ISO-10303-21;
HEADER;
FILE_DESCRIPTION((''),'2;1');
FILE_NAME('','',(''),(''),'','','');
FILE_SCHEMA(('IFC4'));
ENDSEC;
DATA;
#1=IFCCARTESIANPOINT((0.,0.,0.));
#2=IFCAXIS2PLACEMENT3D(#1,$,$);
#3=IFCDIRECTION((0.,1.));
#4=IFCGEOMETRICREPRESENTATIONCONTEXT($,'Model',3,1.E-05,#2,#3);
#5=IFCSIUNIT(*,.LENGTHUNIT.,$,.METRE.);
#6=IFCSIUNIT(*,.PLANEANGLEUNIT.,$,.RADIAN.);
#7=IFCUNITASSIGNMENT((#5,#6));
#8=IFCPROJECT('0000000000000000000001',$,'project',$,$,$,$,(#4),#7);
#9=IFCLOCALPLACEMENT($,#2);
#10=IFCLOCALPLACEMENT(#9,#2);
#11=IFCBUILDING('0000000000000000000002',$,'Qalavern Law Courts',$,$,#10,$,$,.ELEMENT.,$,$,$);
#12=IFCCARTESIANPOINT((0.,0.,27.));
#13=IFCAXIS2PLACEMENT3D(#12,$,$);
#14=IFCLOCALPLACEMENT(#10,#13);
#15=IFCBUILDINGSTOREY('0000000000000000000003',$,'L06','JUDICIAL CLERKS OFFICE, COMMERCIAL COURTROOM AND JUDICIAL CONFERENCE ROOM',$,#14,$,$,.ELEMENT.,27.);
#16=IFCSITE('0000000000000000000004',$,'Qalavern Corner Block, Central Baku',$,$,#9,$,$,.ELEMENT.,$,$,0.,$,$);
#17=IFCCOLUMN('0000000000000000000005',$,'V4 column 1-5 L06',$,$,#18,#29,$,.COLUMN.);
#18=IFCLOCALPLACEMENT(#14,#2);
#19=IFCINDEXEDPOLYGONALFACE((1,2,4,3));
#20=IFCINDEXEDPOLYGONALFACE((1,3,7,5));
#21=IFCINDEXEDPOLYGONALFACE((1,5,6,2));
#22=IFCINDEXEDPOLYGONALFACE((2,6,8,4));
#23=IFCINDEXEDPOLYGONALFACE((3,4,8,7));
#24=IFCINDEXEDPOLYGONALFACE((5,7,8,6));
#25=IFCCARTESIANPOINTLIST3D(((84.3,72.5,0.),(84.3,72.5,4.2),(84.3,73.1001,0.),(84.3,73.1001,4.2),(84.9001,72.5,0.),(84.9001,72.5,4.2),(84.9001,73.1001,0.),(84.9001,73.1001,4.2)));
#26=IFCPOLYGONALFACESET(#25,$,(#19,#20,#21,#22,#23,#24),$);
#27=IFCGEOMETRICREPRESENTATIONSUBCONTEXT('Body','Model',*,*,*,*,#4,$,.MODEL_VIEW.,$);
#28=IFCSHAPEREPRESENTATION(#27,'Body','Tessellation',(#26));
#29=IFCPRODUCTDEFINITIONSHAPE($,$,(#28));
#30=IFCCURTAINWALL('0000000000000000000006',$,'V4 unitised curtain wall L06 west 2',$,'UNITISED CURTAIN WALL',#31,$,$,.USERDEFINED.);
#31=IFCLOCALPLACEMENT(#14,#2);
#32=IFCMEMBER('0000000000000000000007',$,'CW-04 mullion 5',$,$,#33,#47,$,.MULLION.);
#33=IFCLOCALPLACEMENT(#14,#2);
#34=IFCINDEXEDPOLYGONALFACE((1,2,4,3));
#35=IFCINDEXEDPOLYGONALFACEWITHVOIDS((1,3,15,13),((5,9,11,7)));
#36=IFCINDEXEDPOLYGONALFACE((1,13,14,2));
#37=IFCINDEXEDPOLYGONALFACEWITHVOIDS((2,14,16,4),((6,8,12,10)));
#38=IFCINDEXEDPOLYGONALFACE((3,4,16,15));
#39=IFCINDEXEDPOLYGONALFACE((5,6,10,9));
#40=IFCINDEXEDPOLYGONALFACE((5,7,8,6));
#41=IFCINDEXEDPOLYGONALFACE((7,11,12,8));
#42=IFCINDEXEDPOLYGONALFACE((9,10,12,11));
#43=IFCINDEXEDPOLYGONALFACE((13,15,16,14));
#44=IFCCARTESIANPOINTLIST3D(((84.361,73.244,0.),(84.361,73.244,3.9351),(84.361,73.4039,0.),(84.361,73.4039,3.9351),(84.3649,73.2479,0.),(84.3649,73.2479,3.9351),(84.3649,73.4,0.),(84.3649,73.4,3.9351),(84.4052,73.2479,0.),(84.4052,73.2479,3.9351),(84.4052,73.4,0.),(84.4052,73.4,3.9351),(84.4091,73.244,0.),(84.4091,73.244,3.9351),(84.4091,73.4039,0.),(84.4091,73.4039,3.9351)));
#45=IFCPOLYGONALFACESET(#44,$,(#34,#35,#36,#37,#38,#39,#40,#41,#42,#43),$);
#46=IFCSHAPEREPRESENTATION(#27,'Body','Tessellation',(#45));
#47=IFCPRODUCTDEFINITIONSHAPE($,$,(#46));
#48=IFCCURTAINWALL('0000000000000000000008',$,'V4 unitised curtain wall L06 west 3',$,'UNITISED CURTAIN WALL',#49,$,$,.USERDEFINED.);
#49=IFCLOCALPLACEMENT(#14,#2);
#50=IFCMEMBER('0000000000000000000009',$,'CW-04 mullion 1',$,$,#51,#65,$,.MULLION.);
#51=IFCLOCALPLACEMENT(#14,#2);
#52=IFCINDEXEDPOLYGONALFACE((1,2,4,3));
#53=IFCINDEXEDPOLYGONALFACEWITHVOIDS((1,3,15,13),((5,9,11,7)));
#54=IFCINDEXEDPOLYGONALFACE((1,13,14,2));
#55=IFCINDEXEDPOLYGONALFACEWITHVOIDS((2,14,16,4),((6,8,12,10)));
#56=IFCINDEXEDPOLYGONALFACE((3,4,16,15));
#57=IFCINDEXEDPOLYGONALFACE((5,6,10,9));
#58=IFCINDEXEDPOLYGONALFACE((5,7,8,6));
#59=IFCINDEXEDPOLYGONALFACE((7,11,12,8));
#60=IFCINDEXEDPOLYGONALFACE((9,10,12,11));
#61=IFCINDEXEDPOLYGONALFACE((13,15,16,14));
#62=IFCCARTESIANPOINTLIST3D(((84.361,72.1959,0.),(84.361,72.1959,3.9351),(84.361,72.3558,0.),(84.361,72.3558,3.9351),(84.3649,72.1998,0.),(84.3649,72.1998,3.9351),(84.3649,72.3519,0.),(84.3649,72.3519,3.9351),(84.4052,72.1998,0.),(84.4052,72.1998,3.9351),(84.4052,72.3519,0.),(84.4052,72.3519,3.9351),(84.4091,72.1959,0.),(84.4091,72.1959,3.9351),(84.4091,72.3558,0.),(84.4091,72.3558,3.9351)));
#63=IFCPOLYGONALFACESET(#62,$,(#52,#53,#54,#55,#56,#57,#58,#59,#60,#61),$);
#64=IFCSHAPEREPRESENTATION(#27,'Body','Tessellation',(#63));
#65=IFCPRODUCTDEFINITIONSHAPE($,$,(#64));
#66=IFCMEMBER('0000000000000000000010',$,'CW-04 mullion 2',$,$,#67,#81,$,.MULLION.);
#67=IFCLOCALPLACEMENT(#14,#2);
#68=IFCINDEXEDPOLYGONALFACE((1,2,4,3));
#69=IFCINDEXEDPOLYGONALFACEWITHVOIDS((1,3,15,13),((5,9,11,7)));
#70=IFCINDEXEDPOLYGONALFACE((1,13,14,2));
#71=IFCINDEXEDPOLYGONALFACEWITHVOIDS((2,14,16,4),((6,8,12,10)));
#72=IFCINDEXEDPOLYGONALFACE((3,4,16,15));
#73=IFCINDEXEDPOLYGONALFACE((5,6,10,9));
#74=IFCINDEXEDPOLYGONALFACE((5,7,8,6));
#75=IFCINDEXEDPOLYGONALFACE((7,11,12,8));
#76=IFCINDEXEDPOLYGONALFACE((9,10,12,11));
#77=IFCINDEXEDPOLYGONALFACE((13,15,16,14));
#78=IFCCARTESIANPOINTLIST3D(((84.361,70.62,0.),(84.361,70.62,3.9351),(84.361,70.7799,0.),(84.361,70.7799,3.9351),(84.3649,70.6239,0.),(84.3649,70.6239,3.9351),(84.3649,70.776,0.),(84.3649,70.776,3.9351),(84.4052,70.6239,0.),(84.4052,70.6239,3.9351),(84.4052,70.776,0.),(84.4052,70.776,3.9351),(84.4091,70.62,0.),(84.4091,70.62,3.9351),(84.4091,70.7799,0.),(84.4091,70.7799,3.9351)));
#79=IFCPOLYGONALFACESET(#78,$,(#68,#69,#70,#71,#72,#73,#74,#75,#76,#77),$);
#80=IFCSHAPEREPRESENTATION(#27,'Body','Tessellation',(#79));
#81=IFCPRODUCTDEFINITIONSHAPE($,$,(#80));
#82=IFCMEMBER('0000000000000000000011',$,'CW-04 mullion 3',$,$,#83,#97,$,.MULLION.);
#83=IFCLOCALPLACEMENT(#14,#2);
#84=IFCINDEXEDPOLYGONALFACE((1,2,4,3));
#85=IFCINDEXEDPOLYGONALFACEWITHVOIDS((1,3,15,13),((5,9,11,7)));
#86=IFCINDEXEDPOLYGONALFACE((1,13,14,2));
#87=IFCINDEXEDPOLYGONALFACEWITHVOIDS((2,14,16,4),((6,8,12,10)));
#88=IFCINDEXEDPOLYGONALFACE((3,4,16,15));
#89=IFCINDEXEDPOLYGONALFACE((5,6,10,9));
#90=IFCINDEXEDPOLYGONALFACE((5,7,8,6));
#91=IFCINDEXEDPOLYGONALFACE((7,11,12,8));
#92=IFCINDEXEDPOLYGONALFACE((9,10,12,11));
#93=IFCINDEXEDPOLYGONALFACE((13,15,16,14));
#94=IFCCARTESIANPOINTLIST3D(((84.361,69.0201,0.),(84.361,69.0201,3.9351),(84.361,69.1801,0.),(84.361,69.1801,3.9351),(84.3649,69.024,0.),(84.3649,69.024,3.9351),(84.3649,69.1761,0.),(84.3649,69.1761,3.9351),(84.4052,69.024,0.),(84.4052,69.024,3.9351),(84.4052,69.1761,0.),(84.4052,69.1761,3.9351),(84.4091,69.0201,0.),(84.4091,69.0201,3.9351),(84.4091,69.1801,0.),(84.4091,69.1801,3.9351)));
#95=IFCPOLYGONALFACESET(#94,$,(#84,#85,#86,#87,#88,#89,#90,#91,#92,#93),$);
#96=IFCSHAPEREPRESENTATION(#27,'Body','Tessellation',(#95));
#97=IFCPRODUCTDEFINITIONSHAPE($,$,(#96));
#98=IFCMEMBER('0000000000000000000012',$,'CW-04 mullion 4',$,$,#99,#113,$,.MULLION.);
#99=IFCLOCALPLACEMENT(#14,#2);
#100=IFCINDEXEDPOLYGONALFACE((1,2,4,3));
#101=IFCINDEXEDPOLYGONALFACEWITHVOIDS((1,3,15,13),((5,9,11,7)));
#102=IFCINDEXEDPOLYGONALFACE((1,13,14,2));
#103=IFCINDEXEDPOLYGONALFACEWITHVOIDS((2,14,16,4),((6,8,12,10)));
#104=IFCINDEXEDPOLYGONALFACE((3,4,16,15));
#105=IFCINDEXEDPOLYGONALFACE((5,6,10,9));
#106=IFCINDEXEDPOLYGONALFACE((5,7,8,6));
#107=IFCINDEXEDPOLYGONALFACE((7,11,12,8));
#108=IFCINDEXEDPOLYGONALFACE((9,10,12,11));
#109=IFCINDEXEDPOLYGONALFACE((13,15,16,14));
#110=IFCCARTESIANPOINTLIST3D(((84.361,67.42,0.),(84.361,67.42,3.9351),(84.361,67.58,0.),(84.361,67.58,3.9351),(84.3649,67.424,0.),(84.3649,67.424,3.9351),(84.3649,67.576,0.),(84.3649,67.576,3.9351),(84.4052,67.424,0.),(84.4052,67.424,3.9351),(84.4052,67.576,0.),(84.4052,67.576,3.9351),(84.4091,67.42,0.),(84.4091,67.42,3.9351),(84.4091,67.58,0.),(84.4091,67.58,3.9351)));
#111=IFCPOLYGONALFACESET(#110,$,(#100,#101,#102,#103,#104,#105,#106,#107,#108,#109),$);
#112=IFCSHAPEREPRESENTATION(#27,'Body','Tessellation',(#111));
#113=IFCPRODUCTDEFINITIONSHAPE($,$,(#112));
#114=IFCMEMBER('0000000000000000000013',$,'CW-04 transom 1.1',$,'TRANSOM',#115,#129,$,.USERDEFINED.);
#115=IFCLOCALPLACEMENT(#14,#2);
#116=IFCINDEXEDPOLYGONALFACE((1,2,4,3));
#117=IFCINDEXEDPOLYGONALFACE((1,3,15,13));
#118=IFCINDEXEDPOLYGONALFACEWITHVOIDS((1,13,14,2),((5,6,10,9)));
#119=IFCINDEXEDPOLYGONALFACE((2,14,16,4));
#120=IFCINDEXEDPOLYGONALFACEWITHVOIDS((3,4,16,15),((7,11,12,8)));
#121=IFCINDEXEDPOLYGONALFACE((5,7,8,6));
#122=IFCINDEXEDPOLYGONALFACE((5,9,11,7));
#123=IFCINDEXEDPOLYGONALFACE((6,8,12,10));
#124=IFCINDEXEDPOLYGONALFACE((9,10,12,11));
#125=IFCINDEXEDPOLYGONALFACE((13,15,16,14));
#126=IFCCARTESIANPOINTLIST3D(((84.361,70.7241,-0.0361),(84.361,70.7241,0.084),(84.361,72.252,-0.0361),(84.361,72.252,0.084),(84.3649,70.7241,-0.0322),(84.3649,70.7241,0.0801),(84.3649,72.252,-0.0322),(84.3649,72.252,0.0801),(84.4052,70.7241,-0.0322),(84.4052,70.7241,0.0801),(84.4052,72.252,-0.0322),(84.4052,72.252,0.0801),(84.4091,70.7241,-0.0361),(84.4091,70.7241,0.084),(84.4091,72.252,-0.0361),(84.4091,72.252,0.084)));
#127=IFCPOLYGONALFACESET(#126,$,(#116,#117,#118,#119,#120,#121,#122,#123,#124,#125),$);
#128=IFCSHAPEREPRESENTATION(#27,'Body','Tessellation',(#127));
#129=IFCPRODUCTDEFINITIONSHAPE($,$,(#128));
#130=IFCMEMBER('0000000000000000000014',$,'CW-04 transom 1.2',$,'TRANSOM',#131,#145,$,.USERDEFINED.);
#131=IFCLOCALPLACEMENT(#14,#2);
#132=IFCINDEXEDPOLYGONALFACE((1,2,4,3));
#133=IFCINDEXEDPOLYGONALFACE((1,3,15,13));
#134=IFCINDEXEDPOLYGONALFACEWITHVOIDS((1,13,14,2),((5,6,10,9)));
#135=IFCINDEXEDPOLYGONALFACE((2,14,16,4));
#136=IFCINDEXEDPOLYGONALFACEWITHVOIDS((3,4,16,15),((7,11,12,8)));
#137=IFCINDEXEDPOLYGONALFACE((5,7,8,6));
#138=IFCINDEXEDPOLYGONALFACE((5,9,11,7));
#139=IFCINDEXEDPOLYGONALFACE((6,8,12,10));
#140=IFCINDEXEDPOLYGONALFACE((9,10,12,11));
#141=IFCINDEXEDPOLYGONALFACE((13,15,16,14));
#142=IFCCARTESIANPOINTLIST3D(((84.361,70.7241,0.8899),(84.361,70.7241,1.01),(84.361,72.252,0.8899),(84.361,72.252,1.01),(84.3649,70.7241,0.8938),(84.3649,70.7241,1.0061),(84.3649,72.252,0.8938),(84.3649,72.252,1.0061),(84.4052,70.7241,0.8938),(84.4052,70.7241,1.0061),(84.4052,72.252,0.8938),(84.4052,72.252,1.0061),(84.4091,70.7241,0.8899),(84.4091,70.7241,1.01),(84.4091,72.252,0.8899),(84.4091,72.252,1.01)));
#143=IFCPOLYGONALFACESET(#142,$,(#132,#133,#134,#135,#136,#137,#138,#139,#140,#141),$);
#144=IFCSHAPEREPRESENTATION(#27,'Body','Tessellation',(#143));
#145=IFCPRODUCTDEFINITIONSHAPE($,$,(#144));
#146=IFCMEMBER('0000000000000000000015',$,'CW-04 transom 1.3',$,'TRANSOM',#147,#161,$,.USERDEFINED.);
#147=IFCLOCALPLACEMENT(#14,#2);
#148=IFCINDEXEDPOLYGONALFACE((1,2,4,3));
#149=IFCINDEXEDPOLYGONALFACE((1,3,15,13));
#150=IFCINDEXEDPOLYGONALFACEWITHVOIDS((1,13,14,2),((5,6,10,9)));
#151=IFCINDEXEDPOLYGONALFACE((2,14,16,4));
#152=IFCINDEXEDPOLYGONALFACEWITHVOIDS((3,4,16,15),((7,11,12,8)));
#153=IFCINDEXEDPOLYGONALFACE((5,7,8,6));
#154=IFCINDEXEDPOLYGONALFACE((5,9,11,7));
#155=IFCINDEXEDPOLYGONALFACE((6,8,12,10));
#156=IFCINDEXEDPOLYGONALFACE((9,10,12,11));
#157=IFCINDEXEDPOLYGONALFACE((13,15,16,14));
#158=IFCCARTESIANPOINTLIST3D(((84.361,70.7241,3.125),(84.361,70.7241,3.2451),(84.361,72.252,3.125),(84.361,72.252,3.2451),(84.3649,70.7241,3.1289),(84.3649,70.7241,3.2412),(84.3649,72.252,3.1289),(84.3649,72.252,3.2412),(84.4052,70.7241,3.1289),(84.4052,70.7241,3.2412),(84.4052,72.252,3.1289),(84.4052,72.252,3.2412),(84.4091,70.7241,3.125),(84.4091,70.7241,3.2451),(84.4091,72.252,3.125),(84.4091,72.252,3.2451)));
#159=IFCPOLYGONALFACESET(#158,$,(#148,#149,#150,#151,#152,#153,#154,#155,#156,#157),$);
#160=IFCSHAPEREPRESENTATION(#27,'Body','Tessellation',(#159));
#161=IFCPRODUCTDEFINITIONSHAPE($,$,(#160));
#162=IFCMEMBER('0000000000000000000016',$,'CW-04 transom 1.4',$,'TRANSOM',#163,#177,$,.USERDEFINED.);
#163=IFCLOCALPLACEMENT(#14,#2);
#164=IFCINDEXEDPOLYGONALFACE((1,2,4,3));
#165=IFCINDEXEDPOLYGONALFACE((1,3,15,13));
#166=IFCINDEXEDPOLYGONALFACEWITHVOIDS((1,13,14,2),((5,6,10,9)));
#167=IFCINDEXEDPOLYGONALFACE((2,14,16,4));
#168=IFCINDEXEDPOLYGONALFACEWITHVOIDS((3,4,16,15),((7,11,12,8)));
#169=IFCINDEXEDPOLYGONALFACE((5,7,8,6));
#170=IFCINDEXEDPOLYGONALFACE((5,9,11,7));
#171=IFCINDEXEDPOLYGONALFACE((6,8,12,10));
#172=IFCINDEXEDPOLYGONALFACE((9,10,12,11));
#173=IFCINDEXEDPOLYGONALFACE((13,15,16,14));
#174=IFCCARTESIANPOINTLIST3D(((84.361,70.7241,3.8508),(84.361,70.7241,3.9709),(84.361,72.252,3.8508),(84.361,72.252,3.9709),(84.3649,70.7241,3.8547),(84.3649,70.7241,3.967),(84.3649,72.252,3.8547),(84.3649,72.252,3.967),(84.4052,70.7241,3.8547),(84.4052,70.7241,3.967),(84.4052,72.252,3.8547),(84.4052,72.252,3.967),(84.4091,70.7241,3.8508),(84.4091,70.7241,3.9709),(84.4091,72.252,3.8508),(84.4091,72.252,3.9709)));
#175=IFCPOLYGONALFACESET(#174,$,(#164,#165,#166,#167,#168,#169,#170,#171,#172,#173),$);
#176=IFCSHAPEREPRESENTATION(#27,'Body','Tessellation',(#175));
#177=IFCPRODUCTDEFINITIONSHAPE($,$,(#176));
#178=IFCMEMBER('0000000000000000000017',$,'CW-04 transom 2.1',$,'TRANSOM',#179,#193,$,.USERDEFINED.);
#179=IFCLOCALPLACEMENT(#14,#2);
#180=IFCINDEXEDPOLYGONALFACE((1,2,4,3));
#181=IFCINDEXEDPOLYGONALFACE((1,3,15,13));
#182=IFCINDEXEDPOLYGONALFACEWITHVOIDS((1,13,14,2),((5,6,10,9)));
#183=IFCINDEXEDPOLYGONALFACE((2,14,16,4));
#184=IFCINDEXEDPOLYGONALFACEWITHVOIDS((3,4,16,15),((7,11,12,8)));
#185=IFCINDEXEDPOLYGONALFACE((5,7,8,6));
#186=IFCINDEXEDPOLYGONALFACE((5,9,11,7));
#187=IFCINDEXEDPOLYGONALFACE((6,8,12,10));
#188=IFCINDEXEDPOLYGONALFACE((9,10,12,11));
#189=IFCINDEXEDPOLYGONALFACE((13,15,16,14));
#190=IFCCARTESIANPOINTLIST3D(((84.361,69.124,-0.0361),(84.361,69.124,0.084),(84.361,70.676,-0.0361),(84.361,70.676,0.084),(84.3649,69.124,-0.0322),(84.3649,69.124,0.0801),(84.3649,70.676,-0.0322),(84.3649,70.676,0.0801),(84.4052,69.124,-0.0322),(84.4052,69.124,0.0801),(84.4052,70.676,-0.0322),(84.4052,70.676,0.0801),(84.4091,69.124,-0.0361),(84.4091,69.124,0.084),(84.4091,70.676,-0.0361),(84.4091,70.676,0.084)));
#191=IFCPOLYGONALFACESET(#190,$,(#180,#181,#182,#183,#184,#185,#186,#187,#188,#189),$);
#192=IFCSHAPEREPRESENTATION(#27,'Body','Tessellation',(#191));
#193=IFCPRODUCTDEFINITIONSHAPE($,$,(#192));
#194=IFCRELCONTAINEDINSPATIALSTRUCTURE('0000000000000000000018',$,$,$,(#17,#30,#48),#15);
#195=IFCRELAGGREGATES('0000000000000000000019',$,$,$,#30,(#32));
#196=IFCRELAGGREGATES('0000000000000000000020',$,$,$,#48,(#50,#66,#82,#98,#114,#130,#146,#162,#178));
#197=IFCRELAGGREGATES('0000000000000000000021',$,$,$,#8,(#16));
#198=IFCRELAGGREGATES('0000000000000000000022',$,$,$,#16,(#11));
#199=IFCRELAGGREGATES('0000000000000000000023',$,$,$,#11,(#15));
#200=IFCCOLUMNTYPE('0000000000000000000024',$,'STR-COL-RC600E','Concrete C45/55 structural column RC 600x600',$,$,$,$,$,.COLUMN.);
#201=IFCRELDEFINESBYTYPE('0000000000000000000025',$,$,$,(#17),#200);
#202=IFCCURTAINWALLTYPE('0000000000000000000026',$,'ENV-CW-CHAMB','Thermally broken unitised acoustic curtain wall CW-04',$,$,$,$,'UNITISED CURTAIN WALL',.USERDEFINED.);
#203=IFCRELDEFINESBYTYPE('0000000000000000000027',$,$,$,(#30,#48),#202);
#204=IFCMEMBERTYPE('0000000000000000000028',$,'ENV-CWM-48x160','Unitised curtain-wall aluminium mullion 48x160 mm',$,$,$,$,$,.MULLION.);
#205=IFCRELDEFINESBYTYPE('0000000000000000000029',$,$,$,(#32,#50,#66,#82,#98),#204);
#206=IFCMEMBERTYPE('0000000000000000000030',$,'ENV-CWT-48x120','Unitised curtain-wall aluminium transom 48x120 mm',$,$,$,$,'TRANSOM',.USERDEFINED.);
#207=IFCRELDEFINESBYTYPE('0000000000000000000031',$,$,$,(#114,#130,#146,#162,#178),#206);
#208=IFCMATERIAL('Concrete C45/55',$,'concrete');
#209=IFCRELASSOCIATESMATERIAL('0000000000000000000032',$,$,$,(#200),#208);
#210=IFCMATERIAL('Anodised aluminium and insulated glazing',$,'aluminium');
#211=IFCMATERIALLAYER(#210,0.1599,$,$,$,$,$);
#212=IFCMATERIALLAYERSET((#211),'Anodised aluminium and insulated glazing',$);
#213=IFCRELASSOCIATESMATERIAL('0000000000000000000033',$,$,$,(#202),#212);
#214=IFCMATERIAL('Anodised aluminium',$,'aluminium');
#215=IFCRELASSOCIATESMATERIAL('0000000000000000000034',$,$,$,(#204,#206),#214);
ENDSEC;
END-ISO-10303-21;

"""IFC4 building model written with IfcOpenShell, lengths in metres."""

from ifc_helpers import new_model, si_unit, direction, frame, origin, origin_2d, place, context, subcontext, project, spatial, rectangle, hollow_rectangle, extrude, material, layer, layer_set, material_profile, profile_set, type_object, element, aggregate, save


model = new_model("IFC4")

# Units and contexts
model_context = context("Model", 3, precision=1e-05, world=origin(), true_north=direction((0.0, 1.0)))
body_context = subcontext(model_context, "Body", "Model", "MODEL_VIEW")
ifc_project = project(units=[si_unit("LENGTHUNIT", "METRE"), si_unit("PLANEANGLEUNIT", "RADIAN")], contexts=[model_context])

# Site, building, storey
site_placement = place(None, origin())
site = spatial("IfcSite", under=ifc_project, at=site_placement, Name="Qalavern Corner Block, Central Baku", CompositionType="ELEMENT", RefElevation=0.0)
building_placement = place(site_placement, origin())
building = spatial("IfcBuilding", under=site, at=building_placement, Name="Qalavern Law Courts", CompositionType="ELEMENT")
storey_placement = place(building_placement, frame((0.0, 0.0, 27.0)))
storey = spatial("IfcBuildingStorey", under=building, at=storey_placement, Name="L06", Description="JUDICIAL CLERKS OFFICE, COMMERCIAL COURTROOM AND JUDICIAL CONFERENCE ROOM", CompositionType="ELEMENT", Elevation=27.0)

# Column
ifc_material_1 = material(Name="Concrete C45/55", Category="concrete")
ifc_material_profile_1 = material_profile(ifc_material_1, rectangle(XDim=0.6001, YDim=0.6001, at=origin_2d()), Name="RC 600x600")
ifc_profile_set_1 = profile_set([ifc_material_profile_1], Name="Concrete C45/55")
column_type = type_object("IfcColumnType", Name="STR-COL-RC600E", Description="Concrete C45/55 structural column RC 600x600", PredefinedType="COLUMN", material=ifc_profile_set_1)
column_placement = place(storey_placement, frame((84.6001, 72.8, 0.0), z_axis=(0.0, 0.0, 1.0), x_axis=(1.0, 0.0, 0.0)))
element("IfcColumn", 1, at=column_placement, inside=storey, type_object=column_type, Name="V4 column 1-5 L06", PredefinedType="COLUMN", context=body_context, shape_type="SweptSolid", body=[
    extrude(rectangle(XDim=0.6001, YDim=0.6001, at=origin_2d()), origin(), (0.0, 0.0, 1.0), 4.2),
])

# Curtain wall, member
ifc_material_2 = material(Name="Anodised aluminium and insulated glazing", Category="aluminium")
ifc_layer_1 = layer(ifc_material_2, 0.1599)
ifc_layer_set_1 = layer_set([ifc_layer_1], Name="Anodised aluminium and insulated glazing")
curtain_wall_type = type_object("IfcCurtainWallType", Name="ENV-CW-CHAMB", Description="Thermally broken unitised acoustic curtain wall CW-04", ElementType="UNITISED CURTAIN WALL", PredefinedType="USERDEFINED", material=ifc_layer_set_1)
curtain_wall_1_placement = place(storey_placement, origin())
curtain_wall_1 = element("IfcCurtainWall", 2, at=curtain_wall_1_placement, inside=storey, type_object=curtain_wall_type, Name="V4 unitised curtain wall L06 west 2", ObjectType="UNITISED CURTAIN WALL", PredefinedType="USERDEFINED")
ifc_material_3 = material(Name="Anodised aluminium", Category="aluminium")
ifc_material_profile_2 = material_profile(ifc_material_3, hollow_rectangle(XDim=0.0481, YDim=0.1599, WallThickness=0.0039, at=origin_2d()), Name="ALU MULLION 48x160")
ifc_profile_set_2 = profile_set([ifc_material_profile_2], Name="Anodised aluminium")
member_type_1 = type_object("IfcMemberType", Name="ENV-CWM-48x160", Description="Unitised curtain-wall aluminium mullion 48x160 mm", PredefinedType="MULLION", material=ifc_profile_set_2)
member_1_placement = place(storey_placement, frame((84.385, 73.324, 0.0), z_axis=(0.0, 0.0, 1.0), x_axis=(1.0, 0.0, 0.0)))
member_1 = element("IfcMember", 3, at=member_1_placement, type_object=member_type_1, Name="CW-04 mullion 5", PredefinedType="MULLION", context=body_context, shape_type="SweptSolid", body=[
    extrude(hollow_rectangle(XDim=0.0481, YDim=0.1599, WallThickness=0.0039, at=origin_2d()), origin(), (0.0, 0.0, 1.0), 3.9351),
])
aggregate(curtain_wall_1, [member_1])

# Curtain wall, members
curtain_wall_2_placement = place(storey_placement, origin())
curtain_wall_2 = element("IfcCurtainWall", 4, at=curtain_wall_2_placement, inside=storey, type_object=curtain_wall_type, Name="V4 unitised curtain wall L06 west 3", ObjectType="UNITISED CURTAIN WALL", PredefinedType="USERDEFINED")
member_2_placement = place(storey_placement, frame((84.385, 72.2759, 0.0), z_axis=(0.0, 0.0, 1.0), x_axis=(1.0, 0.0, 0.0)))
member_2 = element("IfcMember", 5, at=member_2_placement, type_object=member_type_1, Name="CW-04 mullion 1", PredefinedType="MULLION", context=body_context, shape_type="SweptSolid", body=[
    extrude(hollow_rectangle(XDim=0.0481, YDim=0.1599, WallThickness=0.0039, at=origin_2d()), origin(), (0.0, 0.0, 1.0), 3.9351),
])
member_3_placement = place(storey_placement, frame((84.385, 70.7, 0.0), z_axis=(0.0, 0.0, 1.0), x_axis=(1.0, 0.0, 0.0)))
member_3 = element("IfcMember", 6, at=member_3_placement, type_object=member_type_1, Name="CW-04 mullion 2", PredefinedType="MULLION", context=body_context, shape_type="SweptSolid", body=[
    extrude(hollow_rectangle(XDim=0.0481, YDim=0.1599, WallThickness=0.0039, at=origin_2d()), origin(), (0.0, 0.0, 1.0), 3.9351),
])
member_4_placement = place(storey_placement, frame((84.385, 69.1001, 0.0), z_axis=(0.0, 0.0, 1.0), x_axis=(1.0, 0.0, 0.0)))
member_4 = element("IfcMember", 7, at=member_4_placement, type_object=member_type_1, Name="CW-04 mullion 3", PredefinedType="MULLION", context=body_context, shape_type="SweptSolid", body=[
    extrude(hollow_rectangle(XDim=0.0481, YDim=0.1599, WallThickness=0.0039, at=origin_2d()), origin(), (0.0, 0.0, 1.0), 3.9351),
])
member_5_placement = place(storey_placement, frame((84.385, 67.5, 0.0), z_axis=(0.0, 0.0, 1.0), x_axis=(1.0, 0.0, 0.0)))
member_5 = element("IfcMember", 8, at=member_5_placement, type_object=member_type_1, Name="CW-04 mullion 4", PredefinedType="MULLION", context=body_context, shape_type="SweptSolid", body=[
    extrude(hollow_rectangle(XDim=0.0481, YDim=0.1599, WallThickness=0.0039, at=origin_2d()), origin(), (0.0, 0.0, 1.0), 3.9351),
])
ifc_material_profile_3 = material_profile(ifc_material_3, hollow_rectangle(XDim=0.0481, YDim=0.1201, WallThickness=0.0039, at=origin_2d()), Name="ALU TRANSOM 48x120")
ifc_profile_set_3 = profile_set([ifc_material_profile_3], Name="Anodised aluminium")
member_type_2 = type_object("IfcMemberType", Name="ENV-CWT-48x120", Description="Unitised curtain-wall aluminium transom 48x120 mm", ElementType="TRANSOM", PredefinedType="USERDEFINED", material=ifc_profile_set_3)
member_6_placement = place(storey_placement, frame((84.385, 72.252, 0.0239), z_axis=(0.0, -1.0, 0.0), x_axis=(1.0, 0.0, 0.0)))
member_6 = element("IfcMember", 9, at=member_6_placement, type_object=member_type_2, Name="CW-04 transom 1.1", ObjectType="TRANSOM", PredefinedType="USERDEFINED", context=body_context, shape_type="SweptSolid", body=[
    extrude(hollow_rectangle(XDim=0.0481, YDim=0.1201, WallThickness=0.0039, at=origin_2d()), origin(), (0.0, 0.0, 1.0), 1.5278),
])
member_7_placement = place(storey_placement, frame((84.385, 72.252, 0.95), z_axis=(0.0, -1.0, 0.0), x_axis=(1.0, 0.0, 0.0)))
member_7 = element("IfcMember", 10, at=member_7_placement, type_object=member_type_2, Name="CW-04 transom 1.2", ObjectType="TRANSOM", PredefinedType="USERDEFINED", context=body_context, shape_type="SweptSolid", body=[
    extrude(hollow_rectangle(XDim=0.0481, YDim=0.1201, WallThickness=0.0039, at=origin_2d()), origin(), (0.0, 0.0, 1.0), 1.5278),
])
member_8_placement = place(storey_placement, frame((84.385, 72.252, 3.1851), z_axis=(0.0, -1.0, 0.0), x_axis=(1.0, 0.0, 0.0)))
member_8 = element("IfcMember", 11, at=member_8_placement, type_object=member_type_2, Name="CW-04 transom 1.3", ObjectType="TRANSOM", PredefinedType="USERDEFINED", context=body_context, shape_type="SweptSolid", body=[
    extrude(hollow_rectangle(XDim=0.0481, YDim=0.1201, WallThickness=0.0039, at=origin_2d()), origin(), (0.0, 0.0, 1.0), 1.5278),
])
member_9_placement = place(storey_placement, frame((84.385, 72.252, 3.9109), z_axis=(0.0, -1.0, 0.0), x_axis=(1.0, 0.0, 0.0)))
member_9 = element("IfcMember", 12, at=member_9_placement, type_object=member_type_2, Name="CW-04 transom 1.4", ObjectType="TRANSOM", PredefinedType="USERDEFINED", context=body_context, shape_type="SweptSolid", body=[
    extrude(hollow_rectangle(XDim=0.0481, YDim=0.1201, WallThickness=0.0039, at=origin_2d()), origin(), (0.0, 0.0, 1.0), 1.5278),
])
member_10_placement = place(storey_placement, frame((84.385, 70.676, 0.0239), z_axis=(0.0, -1.0, 0.0), x_axis=(1.0, 0.0, 0.0)))
member_10 = element("IfcMember", 13, at=member_10_placement, type_object=member_type_2, Name="CW-04 transom 2.1", ObjectType="TRANSOM", PredefinedType="USERDEFINED", context=body_context, shape_type="SweptSolid", body=[
    extrude(hollow_rectangle(XDim=0.0481, YDim=0.1201, WallThickness=0.0039, at=origin_2d()), origin(), (0.0, 0.0, 1.0), 1.552),
])

aggregate(curtain_wall_2, [member_2, member_3, member_4, member_5, member_6, member_7, member_8, member_9, member_10])

save(model, "model.ifc")
